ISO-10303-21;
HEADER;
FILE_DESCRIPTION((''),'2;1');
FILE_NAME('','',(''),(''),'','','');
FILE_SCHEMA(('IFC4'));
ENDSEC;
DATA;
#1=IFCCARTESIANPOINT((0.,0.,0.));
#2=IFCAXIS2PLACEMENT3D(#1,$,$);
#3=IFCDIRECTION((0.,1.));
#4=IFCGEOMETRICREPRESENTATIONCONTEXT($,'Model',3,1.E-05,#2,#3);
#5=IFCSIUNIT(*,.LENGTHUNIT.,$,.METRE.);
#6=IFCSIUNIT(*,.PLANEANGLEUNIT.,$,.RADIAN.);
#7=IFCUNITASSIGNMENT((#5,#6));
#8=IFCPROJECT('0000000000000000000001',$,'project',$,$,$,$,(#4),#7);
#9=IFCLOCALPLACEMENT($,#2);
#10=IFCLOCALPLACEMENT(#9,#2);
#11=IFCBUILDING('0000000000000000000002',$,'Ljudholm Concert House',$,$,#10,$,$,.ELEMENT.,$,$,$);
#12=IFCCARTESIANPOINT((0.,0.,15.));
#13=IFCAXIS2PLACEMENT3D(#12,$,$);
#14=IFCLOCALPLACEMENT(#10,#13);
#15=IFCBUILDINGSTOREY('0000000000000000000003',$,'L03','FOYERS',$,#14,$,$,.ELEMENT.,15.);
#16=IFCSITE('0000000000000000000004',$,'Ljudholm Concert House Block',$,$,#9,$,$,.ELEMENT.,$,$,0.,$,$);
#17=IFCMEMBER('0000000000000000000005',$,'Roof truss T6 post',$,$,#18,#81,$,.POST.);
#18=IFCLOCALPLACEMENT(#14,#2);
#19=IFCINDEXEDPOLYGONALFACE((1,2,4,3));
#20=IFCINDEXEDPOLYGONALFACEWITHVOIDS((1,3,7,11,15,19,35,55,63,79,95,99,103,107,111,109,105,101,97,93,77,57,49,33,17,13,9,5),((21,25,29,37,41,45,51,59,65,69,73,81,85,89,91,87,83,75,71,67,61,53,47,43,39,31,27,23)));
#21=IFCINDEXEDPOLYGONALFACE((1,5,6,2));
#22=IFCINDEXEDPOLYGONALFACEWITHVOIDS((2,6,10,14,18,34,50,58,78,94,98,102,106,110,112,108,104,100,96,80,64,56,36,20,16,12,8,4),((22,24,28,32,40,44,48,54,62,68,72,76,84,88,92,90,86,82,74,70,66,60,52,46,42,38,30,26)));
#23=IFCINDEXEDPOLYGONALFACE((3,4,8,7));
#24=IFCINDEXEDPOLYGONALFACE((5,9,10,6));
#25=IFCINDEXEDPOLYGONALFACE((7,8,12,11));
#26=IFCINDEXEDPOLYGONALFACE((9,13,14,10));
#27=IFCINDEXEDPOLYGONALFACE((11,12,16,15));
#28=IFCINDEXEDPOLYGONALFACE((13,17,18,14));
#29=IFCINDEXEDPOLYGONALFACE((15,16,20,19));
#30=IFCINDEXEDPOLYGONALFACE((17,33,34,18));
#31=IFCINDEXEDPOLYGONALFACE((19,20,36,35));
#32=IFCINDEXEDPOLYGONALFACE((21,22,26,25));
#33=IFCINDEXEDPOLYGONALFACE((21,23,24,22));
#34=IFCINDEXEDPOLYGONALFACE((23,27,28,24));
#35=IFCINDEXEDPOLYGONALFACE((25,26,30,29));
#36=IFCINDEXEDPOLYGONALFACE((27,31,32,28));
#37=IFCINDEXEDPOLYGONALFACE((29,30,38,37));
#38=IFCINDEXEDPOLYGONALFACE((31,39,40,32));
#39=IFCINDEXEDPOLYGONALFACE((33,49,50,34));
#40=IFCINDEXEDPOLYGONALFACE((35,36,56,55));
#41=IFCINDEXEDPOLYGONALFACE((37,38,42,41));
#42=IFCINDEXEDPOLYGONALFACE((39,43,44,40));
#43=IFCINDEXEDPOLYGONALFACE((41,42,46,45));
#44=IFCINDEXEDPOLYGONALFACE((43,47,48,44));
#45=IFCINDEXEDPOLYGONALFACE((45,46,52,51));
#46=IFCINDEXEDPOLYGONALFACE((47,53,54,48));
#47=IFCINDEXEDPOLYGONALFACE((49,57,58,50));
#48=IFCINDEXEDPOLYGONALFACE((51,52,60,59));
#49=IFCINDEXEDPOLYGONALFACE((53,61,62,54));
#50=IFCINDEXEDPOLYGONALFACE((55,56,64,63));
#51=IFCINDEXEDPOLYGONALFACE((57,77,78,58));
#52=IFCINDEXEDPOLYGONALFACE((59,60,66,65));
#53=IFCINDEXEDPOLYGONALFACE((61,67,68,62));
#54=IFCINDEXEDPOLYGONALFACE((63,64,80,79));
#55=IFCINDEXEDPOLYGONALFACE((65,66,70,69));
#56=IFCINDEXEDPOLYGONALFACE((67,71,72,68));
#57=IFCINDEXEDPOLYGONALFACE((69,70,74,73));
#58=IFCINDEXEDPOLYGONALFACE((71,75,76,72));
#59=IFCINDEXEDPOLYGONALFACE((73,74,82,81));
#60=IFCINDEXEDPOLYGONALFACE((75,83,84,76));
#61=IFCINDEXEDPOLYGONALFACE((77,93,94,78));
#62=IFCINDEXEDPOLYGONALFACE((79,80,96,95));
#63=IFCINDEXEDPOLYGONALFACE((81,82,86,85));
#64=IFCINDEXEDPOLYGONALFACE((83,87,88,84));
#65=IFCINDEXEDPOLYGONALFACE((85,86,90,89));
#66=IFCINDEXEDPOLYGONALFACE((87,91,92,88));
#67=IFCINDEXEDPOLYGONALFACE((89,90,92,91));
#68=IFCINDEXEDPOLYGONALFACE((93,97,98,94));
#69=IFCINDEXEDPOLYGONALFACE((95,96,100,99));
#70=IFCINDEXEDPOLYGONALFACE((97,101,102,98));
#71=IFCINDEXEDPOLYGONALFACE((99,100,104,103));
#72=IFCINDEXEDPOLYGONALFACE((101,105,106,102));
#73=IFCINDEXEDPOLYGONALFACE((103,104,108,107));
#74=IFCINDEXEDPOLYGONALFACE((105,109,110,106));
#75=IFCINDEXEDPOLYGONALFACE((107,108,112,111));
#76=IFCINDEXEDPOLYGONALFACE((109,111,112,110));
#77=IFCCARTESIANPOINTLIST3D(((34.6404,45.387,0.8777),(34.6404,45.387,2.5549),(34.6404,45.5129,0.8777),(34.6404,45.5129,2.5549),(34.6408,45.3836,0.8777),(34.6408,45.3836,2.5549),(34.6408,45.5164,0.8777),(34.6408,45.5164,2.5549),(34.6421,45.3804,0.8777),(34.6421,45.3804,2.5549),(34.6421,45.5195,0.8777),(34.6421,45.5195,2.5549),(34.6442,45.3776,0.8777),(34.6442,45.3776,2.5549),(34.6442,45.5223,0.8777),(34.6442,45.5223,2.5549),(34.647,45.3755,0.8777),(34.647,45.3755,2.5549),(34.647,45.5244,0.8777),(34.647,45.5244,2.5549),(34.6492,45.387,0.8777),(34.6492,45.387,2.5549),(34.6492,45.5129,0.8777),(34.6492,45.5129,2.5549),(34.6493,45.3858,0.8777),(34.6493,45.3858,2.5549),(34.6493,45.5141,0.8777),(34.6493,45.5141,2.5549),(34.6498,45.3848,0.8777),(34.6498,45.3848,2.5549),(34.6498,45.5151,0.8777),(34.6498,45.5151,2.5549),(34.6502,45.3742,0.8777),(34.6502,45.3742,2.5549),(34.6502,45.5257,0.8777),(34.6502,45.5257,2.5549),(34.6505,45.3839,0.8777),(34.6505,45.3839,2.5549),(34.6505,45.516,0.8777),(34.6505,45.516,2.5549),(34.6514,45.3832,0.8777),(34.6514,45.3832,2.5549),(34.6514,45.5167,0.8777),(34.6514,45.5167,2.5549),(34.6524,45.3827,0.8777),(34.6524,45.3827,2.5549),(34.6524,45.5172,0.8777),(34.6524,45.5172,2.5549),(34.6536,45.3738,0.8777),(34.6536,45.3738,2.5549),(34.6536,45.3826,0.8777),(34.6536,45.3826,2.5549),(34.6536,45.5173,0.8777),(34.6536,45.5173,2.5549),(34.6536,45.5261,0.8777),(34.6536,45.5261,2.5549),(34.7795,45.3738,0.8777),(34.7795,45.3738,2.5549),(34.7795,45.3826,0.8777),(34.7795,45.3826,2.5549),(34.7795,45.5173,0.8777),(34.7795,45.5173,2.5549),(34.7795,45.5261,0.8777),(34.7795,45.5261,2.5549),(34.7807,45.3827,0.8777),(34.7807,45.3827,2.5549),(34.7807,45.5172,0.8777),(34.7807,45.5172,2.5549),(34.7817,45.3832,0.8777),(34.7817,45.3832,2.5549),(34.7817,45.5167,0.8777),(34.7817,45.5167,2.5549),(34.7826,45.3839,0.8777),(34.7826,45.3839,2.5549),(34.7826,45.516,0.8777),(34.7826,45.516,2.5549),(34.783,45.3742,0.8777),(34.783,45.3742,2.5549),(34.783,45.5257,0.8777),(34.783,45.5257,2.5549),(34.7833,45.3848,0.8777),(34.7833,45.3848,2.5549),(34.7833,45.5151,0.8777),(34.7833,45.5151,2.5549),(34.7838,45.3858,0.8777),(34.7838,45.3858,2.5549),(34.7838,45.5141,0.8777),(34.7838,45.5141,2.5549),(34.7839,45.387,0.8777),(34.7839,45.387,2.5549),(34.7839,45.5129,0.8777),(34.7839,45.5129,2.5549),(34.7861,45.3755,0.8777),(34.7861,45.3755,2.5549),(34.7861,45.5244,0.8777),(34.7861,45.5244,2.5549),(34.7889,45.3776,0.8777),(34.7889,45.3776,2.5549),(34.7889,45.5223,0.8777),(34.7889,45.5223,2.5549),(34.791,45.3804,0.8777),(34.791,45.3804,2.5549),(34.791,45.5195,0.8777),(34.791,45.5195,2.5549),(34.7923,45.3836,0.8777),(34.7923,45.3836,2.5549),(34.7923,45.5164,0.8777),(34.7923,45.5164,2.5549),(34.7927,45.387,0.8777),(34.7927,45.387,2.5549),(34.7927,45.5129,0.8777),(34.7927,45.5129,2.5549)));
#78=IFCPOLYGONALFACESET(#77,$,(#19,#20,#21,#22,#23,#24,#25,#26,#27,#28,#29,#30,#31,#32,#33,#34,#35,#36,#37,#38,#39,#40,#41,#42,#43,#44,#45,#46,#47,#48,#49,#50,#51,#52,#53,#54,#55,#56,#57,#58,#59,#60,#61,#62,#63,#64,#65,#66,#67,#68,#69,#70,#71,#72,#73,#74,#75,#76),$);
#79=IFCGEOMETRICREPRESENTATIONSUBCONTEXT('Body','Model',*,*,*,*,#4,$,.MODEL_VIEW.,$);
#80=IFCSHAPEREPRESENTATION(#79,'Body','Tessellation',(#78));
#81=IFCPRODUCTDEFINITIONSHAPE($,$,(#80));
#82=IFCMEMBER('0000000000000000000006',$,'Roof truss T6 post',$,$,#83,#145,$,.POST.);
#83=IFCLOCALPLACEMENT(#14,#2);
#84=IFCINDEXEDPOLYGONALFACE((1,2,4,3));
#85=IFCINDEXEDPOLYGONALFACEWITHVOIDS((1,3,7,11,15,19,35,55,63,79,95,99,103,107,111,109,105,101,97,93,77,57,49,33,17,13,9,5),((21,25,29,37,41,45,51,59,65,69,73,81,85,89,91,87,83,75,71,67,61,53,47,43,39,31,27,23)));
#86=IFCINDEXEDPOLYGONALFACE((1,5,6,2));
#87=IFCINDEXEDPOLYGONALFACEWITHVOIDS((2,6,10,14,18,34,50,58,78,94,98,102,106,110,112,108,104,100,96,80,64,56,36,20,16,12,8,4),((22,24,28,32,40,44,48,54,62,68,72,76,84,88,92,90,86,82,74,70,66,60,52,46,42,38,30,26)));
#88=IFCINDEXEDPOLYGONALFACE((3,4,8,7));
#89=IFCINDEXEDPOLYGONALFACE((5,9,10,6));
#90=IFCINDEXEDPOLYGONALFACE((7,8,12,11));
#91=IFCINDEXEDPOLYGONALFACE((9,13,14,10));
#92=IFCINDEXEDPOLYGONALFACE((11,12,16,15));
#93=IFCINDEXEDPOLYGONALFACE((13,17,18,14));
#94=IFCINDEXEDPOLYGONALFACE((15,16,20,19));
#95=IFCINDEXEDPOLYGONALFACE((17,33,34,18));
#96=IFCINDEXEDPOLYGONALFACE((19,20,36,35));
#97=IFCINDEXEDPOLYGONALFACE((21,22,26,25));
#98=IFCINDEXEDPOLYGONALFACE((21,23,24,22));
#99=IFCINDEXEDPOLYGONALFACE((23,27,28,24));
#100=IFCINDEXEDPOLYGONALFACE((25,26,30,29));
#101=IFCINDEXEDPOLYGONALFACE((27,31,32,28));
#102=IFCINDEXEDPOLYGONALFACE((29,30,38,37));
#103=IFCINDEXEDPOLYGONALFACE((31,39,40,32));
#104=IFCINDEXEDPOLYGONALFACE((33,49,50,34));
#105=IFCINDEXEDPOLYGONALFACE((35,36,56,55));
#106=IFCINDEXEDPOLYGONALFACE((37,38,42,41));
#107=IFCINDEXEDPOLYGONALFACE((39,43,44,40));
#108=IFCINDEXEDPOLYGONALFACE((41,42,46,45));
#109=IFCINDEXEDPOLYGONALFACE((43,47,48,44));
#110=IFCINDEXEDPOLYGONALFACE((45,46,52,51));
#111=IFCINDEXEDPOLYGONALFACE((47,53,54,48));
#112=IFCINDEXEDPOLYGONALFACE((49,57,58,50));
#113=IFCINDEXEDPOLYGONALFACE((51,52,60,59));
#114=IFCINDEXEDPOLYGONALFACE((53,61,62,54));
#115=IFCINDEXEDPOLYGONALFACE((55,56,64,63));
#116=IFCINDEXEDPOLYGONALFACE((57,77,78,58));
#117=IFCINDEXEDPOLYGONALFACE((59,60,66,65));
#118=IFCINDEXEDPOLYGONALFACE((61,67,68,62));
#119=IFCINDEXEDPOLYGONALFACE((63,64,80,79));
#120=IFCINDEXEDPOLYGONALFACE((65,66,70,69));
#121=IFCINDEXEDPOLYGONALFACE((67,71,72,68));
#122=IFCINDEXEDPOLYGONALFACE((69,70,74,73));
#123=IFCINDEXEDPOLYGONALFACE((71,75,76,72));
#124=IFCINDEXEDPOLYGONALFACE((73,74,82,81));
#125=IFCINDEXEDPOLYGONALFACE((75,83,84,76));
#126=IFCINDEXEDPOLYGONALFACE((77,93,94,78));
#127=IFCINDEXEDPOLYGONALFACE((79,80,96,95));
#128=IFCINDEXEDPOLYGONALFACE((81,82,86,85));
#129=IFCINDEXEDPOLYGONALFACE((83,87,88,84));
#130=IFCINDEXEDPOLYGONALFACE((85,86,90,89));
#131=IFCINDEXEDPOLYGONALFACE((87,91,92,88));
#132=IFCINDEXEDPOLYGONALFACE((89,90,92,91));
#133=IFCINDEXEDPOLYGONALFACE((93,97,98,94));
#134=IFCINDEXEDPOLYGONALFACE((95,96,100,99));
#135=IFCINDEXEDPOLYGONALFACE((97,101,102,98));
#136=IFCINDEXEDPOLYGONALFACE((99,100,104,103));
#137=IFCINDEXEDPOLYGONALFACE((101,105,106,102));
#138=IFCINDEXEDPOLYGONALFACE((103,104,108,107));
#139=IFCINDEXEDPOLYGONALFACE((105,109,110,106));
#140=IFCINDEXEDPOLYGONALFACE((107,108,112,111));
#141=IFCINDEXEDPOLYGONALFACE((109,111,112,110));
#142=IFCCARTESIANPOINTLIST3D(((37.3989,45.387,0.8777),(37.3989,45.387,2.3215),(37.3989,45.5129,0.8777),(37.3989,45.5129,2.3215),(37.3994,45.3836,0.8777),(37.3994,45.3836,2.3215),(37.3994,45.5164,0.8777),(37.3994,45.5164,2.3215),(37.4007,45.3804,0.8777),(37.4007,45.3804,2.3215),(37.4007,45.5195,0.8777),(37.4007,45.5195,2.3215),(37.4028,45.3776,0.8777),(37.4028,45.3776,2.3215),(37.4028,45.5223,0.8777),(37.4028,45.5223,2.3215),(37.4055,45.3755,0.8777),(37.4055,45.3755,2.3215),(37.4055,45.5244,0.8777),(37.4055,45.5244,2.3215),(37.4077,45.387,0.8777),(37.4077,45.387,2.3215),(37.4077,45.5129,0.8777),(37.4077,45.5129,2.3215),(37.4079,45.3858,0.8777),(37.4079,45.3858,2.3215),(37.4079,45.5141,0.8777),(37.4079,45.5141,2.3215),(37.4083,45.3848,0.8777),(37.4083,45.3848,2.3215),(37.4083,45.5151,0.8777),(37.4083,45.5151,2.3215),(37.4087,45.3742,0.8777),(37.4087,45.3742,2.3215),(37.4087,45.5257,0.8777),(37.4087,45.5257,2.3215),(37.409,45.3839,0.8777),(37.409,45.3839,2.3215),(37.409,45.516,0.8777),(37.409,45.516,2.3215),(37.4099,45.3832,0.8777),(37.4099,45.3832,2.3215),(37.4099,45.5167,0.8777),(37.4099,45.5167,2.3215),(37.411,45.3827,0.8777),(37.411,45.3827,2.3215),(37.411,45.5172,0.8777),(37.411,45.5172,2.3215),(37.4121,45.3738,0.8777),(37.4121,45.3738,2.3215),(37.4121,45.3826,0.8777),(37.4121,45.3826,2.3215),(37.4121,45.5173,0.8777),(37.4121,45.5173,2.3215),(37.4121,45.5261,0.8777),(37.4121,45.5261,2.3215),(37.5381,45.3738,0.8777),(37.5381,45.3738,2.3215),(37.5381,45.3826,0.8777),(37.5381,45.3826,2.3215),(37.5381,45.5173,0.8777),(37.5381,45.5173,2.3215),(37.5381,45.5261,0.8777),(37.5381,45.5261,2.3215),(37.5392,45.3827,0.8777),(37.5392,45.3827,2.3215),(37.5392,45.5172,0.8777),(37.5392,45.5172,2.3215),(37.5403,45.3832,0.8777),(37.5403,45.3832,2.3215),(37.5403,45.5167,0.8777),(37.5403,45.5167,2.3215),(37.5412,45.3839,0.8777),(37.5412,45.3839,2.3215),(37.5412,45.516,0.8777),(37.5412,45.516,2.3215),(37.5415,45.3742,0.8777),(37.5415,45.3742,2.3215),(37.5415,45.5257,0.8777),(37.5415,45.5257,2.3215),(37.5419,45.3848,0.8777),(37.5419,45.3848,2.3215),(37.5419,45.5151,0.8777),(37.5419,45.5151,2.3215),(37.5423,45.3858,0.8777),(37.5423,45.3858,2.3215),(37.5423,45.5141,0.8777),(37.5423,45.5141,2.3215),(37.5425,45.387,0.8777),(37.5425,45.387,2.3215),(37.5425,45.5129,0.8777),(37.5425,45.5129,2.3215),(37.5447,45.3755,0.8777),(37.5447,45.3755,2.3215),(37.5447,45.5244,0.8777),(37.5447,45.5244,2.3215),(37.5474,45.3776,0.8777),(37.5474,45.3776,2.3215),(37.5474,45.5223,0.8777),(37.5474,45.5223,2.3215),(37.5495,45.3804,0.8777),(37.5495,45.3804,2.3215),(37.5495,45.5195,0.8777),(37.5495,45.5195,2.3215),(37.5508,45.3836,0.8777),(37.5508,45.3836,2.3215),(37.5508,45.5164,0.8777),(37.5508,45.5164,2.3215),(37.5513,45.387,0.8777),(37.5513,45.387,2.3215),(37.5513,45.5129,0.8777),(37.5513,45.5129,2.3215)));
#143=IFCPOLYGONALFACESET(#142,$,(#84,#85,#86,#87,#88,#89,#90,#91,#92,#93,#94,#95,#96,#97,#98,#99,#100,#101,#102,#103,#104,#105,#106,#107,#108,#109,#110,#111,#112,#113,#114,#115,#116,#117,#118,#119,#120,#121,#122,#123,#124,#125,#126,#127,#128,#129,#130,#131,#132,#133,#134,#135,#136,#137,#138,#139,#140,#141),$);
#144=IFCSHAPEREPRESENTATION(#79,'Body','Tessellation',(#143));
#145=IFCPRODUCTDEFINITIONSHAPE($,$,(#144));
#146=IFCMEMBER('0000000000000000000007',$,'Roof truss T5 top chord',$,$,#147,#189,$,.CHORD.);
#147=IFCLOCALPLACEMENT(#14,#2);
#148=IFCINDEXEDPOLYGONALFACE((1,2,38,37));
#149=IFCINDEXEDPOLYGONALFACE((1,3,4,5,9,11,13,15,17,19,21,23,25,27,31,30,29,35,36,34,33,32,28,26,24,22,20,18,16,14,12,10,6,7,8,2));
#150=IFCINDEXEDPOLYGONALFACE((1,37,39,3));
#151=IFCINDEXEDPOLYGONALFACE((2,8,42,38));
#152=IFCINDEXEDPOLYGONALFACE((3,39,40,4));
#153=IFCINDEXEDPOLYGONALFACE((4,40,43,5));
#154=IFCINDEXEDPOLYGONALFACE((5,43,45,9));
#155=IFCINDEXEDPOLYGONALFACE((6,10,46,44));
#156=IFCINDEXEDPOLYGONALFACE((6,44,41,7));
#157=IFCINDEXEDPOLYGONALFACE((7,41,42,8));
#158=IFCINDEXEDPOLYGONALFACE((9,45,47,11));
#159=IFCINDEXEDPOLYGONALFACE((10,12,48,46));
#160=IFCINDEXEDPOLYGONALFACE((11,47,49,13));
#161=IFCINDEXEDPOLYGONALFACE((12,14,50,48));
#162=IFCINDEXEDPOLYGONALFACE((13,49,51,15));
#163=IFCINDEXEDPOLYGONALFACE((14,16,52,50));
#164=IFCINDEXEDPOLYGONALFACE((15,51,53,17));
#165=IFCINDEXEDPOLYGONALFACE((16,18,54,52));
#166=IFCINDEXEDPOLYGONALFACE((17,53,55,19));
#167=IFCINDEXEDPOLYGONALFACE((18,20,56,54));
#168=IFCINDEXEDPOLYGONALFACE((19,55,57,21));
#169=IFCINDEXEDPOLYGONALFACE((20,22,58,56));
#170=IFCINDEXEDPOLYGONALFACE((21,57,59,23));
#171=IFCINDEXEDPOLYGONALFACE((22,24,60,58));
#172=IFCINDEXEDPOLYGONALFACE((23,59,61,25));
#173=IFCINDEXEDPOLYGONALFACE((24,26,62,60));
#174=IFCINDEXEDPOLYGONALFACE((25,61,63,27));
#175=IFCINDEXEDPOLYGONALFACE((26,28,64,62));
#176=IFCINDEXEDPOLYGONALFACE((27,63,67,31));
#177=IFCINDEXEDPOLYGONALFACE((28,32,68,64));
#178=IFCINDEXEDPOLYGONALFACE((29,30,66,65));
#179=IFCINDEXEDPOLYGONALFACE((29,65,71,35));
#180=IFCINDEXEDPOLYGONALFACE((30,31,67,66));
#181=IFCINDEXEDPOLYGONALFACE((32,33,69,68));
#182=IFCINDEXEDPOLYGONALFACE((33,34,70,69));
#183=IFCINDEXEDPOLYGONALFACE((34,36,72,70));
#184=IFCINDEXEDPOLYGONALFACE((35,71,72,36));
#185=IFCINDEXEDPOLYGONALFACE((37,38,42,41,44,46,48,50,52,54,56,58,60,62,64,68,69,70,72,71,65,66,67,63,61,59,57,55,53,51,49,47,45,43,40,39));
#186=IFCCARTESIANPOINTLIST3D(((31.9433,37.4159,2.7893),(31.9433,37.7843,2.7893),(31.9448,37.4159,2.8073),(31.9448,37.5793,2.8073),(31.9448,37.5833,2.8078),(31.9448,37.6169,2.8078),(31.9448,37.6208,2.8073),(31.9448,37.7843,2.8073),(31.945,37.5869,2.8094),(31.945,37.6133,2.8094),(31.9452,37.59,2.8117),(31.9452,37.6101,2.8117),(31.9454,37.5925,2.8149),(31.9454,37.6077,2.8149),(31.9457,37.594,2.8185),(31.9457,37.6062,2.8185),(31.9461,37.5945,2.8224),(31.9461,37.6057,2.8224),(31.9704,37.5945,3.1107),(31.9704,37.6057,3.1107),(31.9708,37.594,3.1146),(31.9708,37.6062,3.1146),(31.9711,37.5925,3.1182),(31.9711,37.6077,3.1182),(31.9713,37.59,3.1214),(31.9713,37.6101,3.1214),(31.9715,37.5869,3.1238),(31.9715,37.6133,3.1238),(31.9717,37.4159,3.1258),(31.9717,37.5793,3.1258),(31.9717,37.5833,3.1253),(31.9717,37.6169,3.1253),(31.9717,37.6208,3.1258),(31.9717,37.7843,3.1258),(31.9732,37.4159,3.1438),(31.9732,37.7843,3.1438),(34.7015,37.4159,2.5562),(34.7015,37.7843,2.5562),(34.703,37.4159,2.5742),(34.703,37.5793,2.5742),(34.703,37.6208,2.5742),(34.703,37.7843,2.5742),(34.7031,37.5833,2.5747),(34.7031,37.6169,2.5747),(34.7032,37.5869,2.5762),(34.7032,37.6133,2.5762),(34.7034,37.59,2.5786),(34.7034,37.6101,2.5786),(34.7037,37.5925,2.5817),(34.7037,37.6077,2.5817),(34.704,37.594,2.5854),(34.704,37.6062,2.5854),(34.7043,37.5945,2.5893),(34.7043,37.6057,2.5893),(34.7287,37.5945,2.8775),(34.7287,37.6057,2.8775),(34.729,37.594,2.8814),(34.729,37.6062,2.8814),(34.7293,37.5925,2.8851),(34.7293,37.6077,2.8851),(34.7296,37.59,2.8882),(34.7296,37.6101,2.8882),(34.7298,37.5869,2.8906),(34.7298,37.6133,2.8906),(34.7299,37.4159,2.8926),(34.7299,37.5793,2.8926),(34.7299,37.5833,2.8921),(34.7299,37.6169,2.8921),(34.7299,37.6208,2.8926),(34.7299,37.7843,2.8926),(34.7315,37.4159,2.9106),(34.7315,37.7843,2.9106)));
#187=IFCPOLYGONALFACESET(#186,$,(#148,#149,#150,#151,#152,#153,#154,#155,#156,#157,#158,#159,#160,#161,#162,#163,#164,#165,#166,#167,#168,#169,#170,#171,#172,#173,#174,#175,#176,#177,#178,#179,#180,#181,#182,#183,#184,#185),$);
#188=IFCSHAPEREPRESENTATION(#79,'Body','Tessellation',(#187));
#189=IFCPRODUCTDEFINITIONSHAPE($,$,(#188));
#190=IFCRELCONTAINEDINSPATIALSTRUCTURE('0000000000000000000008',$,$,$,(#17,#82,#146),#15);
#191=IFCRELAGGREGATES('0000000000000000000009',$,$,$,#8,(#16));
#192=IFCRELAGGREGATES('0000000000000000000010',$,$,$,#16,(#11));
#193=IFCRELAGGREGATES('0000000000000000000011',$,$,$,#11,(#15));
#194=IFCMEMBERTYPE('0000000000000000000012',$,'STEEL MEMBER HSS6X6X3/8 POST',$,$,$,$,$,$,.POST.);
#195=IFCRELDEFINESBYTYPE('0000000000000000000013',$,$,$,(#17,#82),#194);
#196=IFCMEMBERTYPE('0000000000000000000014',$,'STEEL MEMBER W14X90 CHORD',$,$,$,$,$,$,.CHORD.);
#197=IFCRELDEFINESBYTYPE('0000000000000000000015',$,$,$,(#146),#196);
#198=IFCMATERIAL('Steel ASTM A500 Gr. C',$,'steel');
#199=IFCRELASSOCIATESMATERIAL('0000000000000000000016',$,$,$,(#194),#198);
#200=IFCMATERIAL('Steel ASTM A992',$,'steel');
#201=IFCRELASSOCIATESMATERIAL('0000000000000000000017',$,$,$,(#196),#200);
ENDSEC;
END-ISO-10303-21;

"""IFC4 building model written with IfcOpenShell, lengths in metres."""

from ifc_helpers import new_model, si_unit, direction, frame, origin, origin_2d, place, context, subcontext, project, spatial, hollow_rectangle, i_section, extrude, material, material_profile, profile_set, type_object, element, save


model = new_model("IFC4")

# Units and contexts
model_context = context("Model", 3, precision=1e-05, world=origin(), true_north=direction((0.0, 1.0)))
body_context = subcontext(model_context, "Body", "Model", "MODEL_VIEW")
ifc_project = project(units=[si_unit("LENGTHUNIT", "METRE"), si_unit("PLANEANGLEUNIT", "RADIAN")], contexts=[model_context])

# Site, building, storey
site_placement = place(None, origin())
site = spatial("IfcSite", under=ifc_project, at=site_placement, Name="Ljudholm Concert House Block", CompositionType="ELEMENT", RefElevation=0.0)
building_placement = place(site_placement, origin())
building = spatial("IfcBuilding", under=site, at=building_placement, Name="Ljudholm Concert House", CompositionType="ELEMENT")
storey_placement = place(building_placement, frame((0.0, 0.0, 15.0)))
storey = spatial("IfcBuildingStorey", under=building, at=storey_placement, Name="L03", Description="FOYERS", CompositionType="ELEMENT", Elevation=15.0)

# Members
ifc_material_1 = material(Name="Steel ASTM A500 Gr. C", Category="steel")
ifc_material_profile_1 = material_profile(ifc_material_1, hollow_rectangle(XDim=0.1523, YDim=0.1523, WallThickness=0.0088, InnerFilletRadius=0.0044, OuterFilletRadius=0.0132, at=origin_2d()), Name="HSS6X6X3/8")
ifc_profile_set_1 = profile_set([ifc_material_profile_1], Name="Steel ASTM A500 Gr. C")
member_type_1 = type_object("IfcMemberType", Name="STEEL MEMBER HSS6X6X3/8 POST", PredefinedType="POST", material=ifc_profile_set_1)
member_1_placement = place(storey_placement, frame((34.7166, 45.45, 0.8777), z_axis=(0.0, 0.0, 1.0), x_axis=(1.0, 0.0, 0.0)))
element("IfcMember", 1, at=member_1_placement, inside=storey, type_object=member_type_1, Name="Roof truss T6 post", PredefinedType="POST", context=body_context, shape_type="SweptSolid", body=[
    extrude(hollow_rectangle(XDim=0.1523, YDim=0.1523, WallThickness=0.0088, InnerFilletRadius=0.0044, OuterFilletRadius=0.0132, at=origin_2d()), origin(), (0.0, 0.0, 1.0), 1.6772),
])
member_2_placement = place(storey_placement, frame((37.4751, 45.45, 0.8777), z_axis=(0.0, 0.0, 1.0), x_axis=(1.0, 0.0, 0.0)))
element("IfcMember", 2, at=member_2_placement, inside=storey, type_object=member_type_1, Name="Roof truss T6 post", PredefinedType="POST", context=body_context, shape_type="SweptSolid", body=[
    extrude(hollow_rectangle(XDim=0.1523, YDim=0.1523, WallThickness=0.0088, InnerFilletRadius=0.0044, OuterFilletRadius=0.0132, at=origin_2d()), origin(), (0.0, 0.0, 1.0), 1.4438),
])
ifc_material_2 = material(Name="Steel ASTM A992", Category="steel")
ifc_material_profile_2 = material_profile(ifc_material_2, i_section(OverallWidth=0.3684, OverallDepth=0.3557, WebThickness=0.0112, FlangeThickness=0.0181, FilletRadius=0.0151, at=origin_2d()), Name="W14X90")
ifc_profile_set_2 = profile_set([ifc_material_profile_2], Name="Steel ASTM A992")
member_type_2 = type_object("IfcMemberType", Name="STEEL MEMBER W14X90 CHORD", PredefinedType="CHORD", material=ifc_profile_set_2)
member_3_placement = place(storey_placement, frame((31.9583, 37.6001, 2.9666), z_axis=(0.996447, 0.0, -0.084228), x_axis=(0.0, 1.0, 0.0)))
element("IfcMember", 3, at=member_3_placement, inside=storey, type_object=member_type_2, Name="Roof truss T5 top chord", PredefinedType="CHORD", context=body_context, shape_type="SweptSolid", body=[
    extrude(i_section(OverallWidth=0.3684, OverallDepth=0.3557, WebThickness=0.0112, FlangeThickness=0.0181, FilletRadius=0.0151, at=origin_2d()), origin(), (0.0, 0.0, 1.0), 2.7681),
])

save(model, "model.ifc")
